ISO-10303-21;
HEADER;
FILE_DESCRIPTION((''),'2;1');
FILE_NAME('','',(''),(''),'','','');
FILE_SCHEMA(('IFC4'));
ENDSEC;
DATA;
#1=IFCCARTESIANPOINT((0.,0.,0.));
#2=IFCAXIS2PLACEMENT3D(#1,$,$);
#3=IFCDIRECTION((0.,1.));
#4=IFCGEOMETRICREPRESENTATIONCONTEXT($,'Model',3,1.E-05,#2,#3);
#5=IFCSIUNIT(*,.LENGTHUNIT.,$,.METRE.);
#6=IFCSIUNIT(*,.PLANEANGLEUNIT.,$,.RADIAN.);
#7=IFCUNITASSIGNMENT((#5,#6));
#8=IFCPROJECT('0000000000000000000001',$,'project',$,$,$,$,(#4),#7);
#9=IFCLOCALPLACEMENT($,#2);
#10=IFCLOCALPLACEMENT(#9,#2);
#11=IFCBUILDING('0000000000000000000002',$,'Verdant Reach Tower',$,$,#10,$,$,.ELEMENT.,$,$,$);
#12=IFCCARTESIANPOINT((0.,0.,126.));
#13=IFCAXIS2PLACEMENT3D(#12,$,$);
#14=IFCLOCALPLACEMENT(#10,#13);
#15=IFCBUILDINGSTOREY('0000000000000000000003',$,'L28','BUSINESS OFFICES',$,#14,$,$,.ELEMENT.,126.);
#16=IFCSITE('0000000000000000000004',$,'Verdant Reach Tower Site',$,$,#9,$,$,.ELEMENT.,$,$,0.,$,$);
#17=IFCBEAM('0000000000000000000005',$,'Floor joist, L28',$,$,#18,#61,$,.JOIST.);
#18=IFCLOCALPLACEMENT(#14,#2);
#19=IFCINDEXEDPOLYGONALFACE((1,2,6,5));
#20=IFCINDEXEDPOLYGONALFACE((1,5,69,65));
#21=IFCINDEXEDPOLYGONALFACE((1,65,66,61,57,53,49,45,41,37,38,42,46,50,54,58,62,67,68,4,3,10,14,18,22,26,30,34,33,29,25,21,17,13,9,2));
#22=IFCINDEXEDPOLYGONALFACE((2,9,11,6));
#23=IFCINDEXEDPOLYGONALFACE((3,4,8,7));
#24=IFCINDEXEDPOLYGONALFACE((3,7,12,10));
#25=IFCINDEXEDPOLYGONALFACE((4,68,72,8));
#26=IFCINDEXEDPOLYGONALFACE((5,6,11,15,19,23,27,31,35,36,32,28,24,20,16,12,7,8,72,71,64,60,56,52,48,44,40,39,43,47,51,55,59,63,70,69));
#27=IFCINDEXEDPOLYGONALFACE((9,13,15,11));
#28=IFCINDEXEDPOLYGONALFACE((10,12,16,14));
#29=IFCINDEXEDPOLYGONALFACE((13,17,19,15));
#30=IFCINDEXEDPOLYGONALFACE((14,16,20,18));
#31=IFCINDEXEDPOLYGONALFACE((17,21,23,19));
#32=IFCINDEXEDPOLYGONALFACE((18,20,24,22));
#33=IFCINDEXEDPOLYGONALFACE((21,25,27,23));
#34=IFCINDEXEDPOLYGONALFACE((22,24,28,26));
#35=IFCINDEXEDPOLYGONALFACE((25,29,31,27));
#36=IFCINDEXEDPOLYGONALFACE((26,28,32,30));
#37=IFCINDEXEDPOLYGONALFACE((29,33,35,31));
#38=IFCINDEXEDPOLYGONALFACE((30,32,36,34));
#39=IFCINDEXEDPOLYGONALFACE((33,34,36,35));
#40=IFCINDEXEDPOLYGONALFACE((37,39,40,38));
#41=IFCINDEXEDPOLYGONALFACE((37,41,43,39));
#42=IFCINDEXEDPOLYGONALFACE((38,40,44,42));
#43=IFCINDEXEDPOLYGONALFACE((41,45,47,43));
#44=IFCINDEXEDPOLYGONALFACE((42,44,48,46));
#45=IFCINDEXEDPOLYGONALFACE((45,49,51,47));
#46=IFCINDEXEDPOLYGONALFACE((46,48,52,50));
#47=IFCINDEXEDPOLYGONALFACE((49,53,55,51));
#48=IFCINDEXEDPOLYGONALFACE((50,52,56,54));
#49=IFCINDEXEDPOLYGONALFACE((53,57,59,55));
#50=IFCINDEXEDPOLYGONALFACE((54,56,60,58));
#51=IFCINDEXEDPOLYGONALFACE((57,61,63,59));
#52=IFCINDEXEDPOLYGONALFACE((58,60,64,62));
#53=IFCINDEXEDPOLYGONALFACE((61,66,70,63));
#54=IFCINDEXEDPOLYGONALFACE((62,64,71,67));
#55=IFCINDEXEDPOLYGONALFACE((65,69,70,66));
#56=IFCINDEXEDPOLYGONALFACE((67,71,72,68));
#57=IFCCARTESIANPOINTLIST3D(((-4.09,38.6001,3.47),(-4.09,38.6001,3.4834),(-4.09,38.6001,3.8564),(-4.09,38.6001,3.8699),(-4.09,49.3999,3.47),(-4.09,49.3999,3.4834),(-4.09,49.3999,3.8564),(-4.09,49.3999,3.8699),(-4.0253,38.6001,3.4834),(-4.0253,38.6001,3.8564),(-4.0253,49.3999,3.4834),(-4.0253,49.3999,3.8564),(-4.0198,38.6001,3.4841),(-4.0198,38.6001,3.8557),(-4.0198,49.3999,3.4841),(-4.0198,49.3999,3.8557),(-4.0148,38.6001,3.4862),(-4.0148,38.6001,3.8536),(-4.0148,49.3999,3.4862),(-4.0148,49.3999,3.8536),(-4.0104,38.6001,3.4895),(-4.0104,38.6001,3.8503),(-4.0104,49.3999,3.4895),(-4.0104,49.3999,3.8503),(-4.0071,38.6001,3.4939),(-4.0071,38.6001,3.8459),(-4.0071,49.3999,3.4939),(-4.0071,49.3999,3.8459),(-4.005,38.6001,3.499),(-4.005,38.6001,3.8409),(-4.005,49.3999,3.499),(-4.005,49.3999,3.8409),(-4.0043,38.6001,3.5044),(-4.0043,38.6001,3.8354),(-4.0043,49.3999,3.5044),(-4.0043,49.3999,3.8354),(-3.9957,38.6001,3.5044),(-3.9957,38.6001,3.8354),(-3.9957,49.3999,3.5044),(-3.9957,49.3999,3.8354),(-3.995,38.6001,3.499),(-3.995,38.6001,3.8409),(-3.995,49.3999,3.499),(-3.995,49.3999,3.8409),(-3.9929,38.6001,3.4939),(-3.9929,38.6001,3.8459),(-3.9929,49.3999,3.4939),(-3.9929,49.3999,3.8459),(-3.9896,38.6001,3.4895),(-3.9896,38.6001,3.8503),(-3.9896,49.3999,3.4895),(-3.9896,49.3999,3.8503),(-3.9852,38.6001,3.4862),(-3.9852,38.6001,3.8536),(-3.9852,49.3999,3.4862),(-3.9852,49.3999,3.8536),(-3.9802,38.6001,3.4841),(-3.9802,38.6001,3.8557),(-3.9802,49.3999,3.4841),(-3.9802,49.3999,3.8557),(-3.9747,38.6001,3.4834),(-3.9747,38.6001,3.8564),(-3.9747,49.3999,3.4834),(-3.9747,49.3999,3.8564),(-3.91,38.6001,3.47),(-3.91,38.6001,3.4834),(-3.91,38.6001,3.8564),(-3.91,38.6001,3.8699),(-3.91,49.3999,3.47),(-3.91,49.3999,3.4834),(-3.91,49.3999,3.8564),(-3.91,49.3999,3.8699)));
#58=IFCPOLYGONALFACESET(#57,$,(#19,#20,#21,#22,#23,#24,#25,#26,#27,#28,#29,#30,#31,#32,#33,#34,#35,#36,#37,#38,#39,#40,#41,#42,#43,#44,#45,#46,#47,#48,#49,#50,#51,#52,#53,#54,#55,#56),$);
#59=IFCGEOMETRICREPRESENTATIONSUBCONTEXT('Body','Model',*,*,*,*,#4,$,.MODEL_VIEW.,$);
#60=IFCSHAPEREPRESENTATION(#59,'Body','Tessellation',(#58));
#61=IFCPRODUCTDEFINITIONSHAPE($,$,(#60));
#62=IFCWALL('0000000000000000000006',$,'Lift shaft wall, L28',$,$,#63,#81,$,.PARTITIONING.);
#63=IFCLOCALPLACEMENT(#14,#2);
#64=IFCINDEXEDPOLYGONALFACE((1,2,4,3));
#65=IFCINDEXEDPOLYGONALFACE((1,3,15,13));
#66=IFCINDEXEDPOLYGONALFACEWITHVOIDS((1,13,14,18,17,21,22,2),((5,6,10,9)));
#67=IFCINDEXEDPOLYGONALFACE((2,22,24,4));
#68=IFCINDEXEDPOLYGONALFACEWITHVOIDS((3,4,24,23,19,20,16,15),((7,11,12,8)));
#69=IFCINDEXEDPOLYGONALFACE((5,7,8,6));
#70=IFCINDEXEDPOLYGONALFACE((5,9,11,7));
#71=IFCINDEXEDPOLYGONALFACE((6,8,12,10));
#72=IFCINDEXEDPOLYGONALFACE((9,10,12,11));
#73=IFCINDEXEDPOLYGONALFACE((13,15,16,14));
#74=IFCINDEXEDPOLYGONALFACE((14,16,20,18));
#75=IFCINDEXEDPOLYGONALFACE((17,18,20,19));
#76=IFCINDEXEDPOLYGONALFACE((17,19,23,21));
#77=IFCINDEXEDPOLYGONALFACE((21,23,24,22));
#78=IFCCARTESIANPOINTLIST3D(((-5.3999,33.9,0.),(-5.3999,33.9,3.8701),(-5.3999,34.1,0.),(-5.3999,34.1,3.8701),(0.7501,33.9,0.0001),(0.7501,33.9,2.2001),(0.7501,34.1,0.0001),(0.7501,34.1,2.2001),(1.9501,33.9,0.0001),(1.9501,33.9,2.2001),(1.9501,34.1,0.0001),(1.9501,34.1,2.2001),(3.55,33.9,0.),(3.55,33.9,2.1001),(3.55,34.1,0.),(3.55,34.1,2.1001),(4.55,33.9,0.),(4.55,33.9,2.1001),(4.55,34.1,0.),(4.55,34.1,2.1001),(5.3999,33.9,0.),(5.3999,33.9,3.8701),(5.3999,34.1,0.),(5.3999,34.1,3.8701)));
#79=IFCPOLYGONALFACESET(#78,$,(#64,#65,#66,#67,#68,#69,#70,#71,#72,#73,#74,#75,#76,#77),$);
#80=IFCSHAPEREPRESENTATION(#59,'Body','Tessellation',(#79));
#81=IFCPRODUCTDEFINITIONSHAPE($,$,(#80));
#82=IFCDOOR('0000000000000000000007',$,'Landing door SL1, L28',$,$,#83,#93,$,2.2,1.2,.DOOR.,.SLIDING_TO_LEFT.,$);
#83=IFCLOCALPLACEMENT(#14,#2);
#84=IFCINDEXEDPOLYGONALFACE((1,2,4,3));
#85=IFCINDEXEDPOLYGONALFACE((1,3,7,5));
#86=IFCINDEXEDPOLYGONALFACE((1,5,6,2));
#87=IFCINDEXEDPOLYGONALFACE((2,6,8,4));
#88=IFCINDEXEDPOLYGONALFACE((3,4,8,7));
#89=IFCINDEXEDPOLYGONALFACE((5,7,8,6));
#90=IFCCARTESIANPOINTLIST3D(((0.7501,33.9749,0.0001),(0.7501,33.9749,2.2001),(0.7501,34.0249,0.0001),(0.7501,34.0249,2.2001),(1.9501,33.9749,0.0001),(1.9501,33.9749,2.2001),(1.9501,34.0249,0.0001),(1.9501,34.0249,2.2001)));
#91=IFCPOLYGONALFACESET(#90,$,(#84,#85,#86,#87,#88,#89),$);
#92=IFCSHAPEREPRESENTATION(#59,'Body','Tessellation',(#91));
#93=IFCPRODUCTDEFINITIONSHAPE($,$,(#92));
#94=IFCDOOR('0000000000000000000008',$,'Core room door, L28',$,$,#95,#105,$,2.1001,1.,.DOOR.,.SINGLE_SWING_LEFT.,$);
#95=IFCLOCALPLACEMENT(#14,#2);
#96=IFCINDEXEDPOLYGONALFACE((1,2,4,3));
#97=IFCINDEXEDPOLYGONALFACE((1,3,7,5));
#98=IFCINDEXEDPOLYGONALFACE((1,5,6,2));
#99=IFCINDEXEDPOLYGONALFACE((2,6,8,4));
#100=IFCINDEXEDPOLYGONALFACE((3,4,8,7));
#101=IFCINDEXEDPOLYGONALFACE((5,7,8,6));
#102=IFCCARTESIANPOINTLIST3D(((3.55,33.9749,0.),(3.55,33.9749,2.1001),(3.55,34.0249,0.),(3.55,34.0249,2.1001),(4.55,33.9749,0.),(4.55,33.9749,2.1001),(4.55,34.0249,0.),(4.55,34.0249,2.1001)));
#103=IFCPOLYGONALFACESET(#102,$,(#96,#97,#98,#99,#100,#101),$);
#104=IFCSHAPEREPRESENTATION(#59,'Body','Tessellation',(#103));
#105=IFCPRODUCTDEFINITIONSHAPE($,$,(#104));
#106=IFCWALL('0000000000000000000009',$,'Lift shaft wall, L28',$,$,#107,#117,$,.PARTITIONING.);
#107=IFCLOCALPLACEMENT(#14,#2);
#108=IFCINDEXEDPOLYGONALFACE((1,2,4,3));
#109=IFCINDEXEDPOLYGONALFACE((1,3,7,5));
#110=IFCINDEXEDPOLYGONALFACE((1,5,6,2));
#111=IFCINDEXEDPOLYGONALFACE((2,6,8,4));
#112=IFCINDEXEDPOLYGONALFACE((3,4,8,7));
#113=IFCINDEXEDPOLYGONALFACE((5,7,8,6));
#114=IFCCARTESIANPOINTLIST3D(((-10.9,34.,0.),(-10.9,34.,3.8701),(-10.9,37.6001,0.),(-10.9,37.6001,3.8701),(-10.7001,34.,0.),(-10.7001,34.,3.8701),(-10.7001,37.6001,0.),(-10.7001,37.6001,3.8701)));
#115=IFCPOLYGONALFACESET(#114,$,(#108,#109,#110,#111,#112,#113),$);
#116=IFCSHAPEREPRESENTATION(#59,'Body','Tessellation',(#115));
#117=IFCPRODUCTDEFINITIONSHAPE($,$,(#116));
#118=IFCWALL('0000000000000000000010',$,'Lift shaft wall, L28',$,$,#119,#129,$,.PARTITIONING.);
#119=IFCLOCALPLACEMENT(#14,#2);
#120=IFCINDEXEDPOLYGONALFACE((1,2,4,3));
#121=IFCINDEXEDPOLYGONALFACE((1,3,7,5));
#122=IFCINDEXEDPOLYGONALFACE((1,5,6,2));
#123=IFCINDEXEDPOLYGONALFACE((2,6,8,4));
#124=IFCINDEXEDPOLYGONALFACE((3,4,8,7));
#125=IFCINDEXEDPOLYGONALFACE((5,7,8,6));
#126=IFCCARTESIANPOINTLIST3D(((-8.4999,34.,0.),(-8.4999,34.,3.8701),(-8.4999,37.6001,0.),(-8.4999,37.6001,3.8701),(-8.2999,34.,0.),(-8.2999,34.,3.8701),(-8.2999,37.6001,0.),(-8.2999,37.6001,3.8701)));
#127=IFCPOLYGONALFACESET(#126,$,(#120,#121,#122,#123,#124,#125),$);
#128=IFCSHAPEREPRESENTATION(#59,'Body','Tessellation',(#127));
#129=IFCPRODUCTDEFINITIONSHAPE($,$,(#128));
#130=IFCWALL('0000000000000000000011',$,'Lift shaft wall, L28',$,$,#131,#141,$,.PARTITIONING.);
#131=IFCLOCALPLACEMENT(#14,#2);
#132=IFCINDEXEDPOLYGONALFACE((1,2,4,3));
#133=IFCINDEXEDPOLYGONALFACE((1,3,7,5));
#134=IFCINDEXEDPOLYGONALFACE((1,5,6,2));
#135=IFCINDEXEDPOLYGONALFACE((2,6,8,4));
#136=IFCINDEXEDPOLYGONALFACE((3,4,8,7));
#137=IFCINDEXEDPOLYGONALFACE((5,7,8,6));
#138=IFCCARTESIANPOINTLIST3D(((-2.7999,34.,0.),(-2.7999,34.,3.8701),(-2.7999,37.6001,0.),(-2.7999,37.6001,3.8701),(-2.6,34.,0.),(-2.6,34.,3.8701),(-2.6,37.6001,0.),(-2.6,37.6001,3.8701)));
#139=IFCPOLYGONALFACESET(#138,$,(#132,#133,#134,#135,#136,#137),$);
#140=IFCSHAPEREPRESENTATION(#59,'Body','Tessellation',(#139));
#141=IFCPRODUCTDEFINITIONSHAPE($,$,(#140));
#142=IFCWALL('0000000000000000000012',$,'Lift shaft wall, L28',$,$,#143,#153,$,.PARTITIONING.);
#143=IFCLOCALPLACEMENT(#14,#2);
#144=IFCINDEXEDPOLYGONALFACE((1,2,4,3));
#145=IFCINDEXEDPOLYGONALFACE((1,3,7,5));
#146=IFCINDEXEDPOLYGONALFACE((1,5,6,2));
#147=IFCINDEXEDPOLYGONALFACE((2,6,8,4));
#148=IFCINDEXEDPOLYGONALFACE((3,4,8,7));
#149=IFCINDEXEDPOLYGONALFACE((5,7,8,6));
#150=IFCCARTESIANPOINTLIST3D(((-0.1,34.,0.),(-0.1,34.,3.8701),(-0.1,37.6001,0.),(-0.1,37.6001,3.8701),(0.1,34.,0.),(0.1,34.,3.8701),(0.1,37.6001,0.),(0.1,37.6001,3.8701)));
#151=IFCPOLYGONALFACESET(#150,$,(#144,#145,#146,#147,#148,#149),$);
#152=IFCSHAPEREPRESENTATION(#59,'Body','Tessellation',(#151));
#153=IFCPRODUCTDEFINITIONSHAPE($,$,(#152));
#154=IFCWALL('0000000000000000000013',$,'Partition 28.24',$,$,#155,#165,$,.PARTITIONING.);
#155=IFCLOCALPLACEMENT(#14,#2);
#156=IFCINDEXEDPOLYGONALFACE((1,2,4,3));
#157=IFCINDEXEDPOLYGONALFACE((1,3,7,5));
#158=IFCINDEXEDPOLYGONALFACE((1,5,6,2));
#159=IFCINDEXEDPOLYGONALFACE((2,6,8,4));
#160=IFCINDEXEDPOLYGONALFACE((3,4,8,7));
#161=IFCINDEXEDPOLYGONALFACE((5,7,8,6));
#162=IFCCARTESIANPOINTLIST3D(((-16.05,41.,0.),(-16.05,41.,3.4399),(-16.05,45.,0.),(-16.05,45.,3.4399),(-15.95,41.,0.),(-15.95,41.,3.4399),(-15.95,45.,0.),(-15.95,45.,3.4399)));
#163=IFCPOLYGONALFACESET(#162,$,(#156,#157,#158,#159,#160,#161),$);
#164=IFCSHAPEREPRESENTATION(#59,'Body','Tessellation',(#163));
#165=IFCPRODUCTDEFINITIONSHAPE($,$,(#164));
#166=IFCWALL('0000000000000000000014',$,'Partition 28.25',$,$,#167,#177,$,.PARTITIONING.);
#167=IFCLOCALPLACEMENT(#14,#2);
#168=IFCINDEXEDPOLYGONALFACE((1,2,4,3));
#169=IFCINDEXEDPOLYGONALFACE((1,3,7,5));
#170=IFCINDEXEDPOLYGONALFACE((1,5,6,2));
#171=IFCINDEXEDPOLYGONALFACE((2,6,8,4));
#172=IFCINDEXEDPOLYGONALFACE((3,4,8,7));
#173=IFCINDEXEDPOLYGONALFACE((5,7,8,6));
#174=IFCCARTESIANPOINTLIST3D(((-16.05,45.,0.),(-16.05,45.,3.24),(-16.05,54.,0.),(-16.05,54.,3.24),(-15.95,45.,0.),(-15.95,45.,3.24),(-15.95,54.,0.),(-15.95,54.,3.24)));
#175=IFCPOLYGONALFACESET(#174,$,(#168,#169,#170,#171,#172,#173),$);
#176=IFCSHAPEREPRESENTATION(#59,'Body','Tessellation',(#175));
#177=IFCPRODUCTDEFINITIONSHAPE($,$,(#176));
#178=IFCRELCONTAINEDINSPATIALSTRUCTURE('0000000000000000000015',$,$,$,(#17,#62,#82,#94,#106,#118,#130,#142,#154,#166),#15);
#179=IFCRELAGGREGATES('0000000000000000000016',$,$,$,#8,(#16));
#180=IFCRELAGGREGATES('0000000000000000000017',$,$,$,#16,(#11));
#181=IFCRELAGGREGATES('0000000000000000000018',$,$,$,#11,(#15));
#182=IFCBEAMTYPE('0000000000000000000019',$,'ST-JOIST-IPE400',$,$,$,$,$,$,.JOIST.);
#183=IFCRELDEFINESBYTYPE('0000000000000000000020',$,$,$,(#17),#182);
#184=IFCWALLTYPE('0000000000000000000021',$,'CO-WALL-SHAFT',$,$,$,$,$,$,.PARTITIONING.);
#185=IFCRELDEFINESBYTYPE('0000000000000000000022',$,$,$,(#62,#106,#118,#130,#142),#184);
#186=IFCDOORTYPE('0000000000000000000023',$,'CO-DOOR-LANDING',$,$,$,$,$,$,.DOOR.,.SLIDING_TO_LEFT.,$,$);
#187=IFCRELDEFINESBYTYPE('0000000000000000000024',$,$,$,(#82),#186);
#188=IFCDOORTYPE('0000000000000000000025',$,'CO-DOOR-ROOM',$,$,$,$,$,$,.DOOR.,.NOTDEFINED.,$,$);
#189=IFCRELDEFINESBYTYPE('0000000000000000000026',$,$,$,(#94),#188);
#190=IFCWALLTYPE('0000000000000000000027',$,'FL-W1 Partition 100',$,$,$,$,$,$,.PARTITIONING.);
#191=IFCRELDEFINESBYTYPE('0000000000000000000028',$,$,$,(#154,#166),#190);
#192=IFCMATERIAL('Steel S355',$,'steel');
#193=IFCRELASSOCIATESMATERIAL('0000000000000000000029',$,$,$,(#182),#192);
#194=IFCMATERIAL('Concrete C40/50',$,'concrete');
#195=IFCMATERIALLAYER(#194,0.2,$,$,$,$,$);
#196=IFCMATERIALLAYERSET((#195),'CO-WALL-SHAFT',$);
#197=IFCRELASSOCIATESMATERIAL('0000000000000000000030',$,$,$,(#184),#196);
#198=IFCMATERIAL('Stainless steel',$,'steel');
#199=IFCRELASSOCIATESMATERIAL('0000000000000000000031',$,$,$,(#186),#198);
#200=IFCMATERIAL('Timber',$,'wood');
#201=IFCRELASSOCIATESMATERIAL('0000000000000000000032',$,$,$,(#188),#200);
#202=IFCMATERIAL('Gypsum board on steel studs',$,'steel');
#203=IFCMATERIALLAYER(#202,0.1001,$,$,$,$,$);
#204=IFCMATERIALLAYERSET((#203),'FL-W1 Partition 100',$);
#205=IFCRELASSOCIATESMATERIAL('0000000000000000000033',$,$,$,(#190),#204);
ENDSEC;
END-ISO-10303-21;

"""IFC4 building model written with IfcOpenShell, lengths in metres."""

from ifc_helpers import new_model, si_unit, direction, frame, frame_2d, origin, origin_2d, place, context, subcontext, project, spatial, rectangle, i_section, extrude, material, layer, layer_set, material_profile, profile_set, type_object, element, fill, save


model = new_model("IFC4")

# Units and contexts
model_context = context("Model", 3, precision=1e-05, world=origin(), true_north=direction((0.0, 1.0)))
body_context = subcontext(model_context, "Body", "Model", "MODEL_VIEW")
ifc_project = project(units=[si_unit("LENGTHUNIT", "METRE"), si_unit("PLANEANGLEUNIT", "RADIAN")], contexts=[model_context])

# Site, building, storey
site_placement = place(None, origin())
site = spatial("IfcSite", under=ifc_project, at=site_placement, Name="Verdant Reach Tower Site", CompositionType="ELEMENT", RefElevation=0.0)
building_placement = place(site_placement, origin())
building = spatial("IfcBuilding", under=site, at=building_placement, Name="Verdant Reach Tower", CompositionType="ELEMENT")
storey_placement = place(building_placement, frame((0.0, 0.0, 126.0)))
storey = spatial("IfcBuildingStorey", under=building, at=storey_placement, Name="L28", Description="BUSINESS OFFICES", CompositionType="ELEMENT", Elevation=126.0)

# Beam
ifc_material_1 = material(Name="Steel S355", Category="steel")
ifc_material_profile_1 = material_profile(ifc_material_1, i_section(OverallWidth=0.1799, OverallDepth=0.3999, WebThickness=0.0085, FlangeThickness=0.0134, FilletRadius=0.021, at=origin_2d()), Name="IPE 400")
ifc_profile_set_1 = profile_set([ifc_material_profile_1], Name="Steel S355")
beam_type_1 = type_object("IfcBeamType", Name="ST-JOIST-IPE400", PredefinedType="JOIST", material=ifc_profile_set_1)
for number, where, z_axis, x_axis, name in (
    (1, (-4.0, 38.6001, 3.6699), (0.0, 1.0, 0.0), (-1.0, 0.0, 0.0), "Floor joist, L28"),
):
    element("IfcBeam", number, at=place(storey_placement, frame(where, z_axis=z_axis, x_axis=x_axis)), inside=storey, type_object=beam_type_1, Name=name, PredefinedType="JOIST", context=body_context, shape_type="SweptSolid", body=[
        extrude(i_section(OverallWidth=0.1799, OverallDepth=0.3999, WebThickness=0.0085, FlangeThickness=0.0134, FilletRadius=0.021, at=origin_2d()), origin(), (0.0, 0.0, 1.0), 10.7998),
    ])

# Wall, openings, doors
ifc_material_2 = material(Name="Concrete C40/50", Category="concrete")
ifc_layer_1 = layer(ifc_material_2, 0.2)
ifc_layer_set_1 = layer_set([ifc_layer_1], Name="CO-WALL-SHAFT")
wall_type_1 = type_object("IfcWallType", Name="CO-WALL-SHAFT", PredefinedType="PARTITIONING", material=ifc_layer_set_1)
wall_1_placement = place(storey_placement, frame((-5.3999, 34.0, 0.0), z_axis=(0.0, 0.0, 1.0), x_axis=(1.0, 0.0, 0.0)))
wall_1 = element("IfcWall", 2, at=wall_1_placement, inside=storey, type_object=wall_type_1, Name="Lift shaft wall, L28", PredefinedType="PARTITIONING", context=body_context, shape_type="SweptSolid", body=[
    extrude(rectangle(XDim=10.7998, YDim=0.2, at=frame_2d((5.3999, 0.0))), origin(), (0.0, 0.0, 1.0), 3.8701),
])
opening_1_placement = place(wall_1_placement, frame((6.1499, 0.0, 0.0)))
opening_1 = element("IfcOpeningElement", 3, at=opening_1_placement, cuts=wall_1, PredefinedType="OPENING", context=body_context, shape_type="SweptSolid", body=[
    extrude(rectangle(XDim=1.2, YDim=2.2, at=frame_2d((0.6001, 1.1001))), frame((0.0, 0.1099, 0.0), z_axis=(0.0, -1.0, 0.0), x_axis=(1.0, 0.0, 0.0)), (0.0, 0.0, 1.0), 0.22),
])
opening_2_placement = place(wall_1_placement, frame((8.95, 0.0, 0.0)))
opening_2 = element("IfcOpeningElement", 4, at=opening_2_placement, cuts=wall_1, PredefinedType="OPENING", context=body_context, shape_type="SweptSolid", body=[
    extrude(rectangle(XDim=1.0, YDim=2.1001, at=frame_2d((0.5, 1.05))), frame((0.0, 0.1099, 0.0), z_axis=(0.0, -1.0, 0.0), x_axis=(1.0, 0.0, 0.0)), (0.0, 0.0, 1.0), 0.22),
])
ifc_material_3 = material(Name="Stainless steel", Category="steel")
door_type_1 = type_object("IfcDoorType", Name="CO-DOOR-LANDING", OperationType="SLIDING_TO_LEFT", PredefinedType="DOOR", material=ifc_material_3)
door_1_placement = place(opening_1_placement, origin())
door_1 = element("IfcDoor", 5, at=door_1_placement, inside=storey, type_object=door_type_1, Name="Landing door SL1, L28", OperationType="SLIDING_TO_LEFT", OverallHeight=2.2, OverallWidth=1.2, PredefinedType="DOOR", context=body_context, shape_type="SweptSolid", body=[
    extrude(rectangle(XDim=1.2, YDim=2.2, at=frame_2d((0.6001, 1.1001))), frame((0.0, 0.0249, 0.0), z_axis=(0.0, -1.0, 0.0), x_axis=(1.0, 0.0, 0.0)), (0.0, 0.0, 1.0), 0.05),
])
fill(opening_1, door_1)
ifc_material_4 = material(Name="Timber", Category="wood")
door_type_2 = type_object("IfcDoorType", Name="CO-DOOR-ROOM", OperationType="NOTDEFINED", PredefinedType="DOOR", material=ifc_material_4)
door_2_placement = place(opening_2_placement, origin())
door_2 = element("IfcDoor", 6, at=door_2_placement, inside=storey, type_object=door_type_2, Name="Core room door, L28", OperationType="SINGLE_SWING_LEFT", OverallHeight=2.1001, OverallWidth=1.0, PredefinedType="DOOR", context=body_context, shape_type="SweptSolid", body=[
    extrude(rectangle(XDim=1.0, YDim=2.1001, at=frame_2d((0.5, 1.05))), frame((0.0, 0.0249, 0.0), z_axis=(0.0, -1.0, 0.0), x_axis=(1.0, 0.0, 0.0)), (0.0, 0.0, 1.0), 0.05),
])
fill(opening_2, door_2)

# Walls
for number, where, z_axis, x_axis, name in (
    (7, (-10.8, 34.0, 0.0), (0.0, 0.0, 1.0), (0.0, 1.0, 0.0), "Lift shaft wall, L28"),
    (8, (-8.3999, 34.0, 0.0), (0.0, 0.0, 1.0), (0.0, 1.0, 0.0), "Lift shaft wall, L28"),
    (9, (-2.7, 34.0, 0.0), (0.0, 0.0, 1.0), (0.0, 1.0, 0.0), "Lift shaft wall, L28"),
    (10, (0.0, 34.0, 0.0), (0.0, 0.0, 1.0), (0.0, 1.0, 0.0), "Lift shaft wall, L28"),
):
    element("IfcWall", number, at=place(storey_placement, frame(where, z_axis=z_axis, x_axis=x_axis)), inside=storey, type_object=wall_type_1, Name=name, PredefinedType="PARTITIONING", context=body_context, shape_type="SweptSolid", body=[
        extrude(rectangle(XDim=3.6001, YDim=0.2, at=frame_2d((1.8, 0.0))), origin(), (0.0, 0.0, 1.0), 3.8701),
    ])
ifc_material_5 = material(Name="Gypsum board on steel studs", Category="steel")
ifc_layer_2 = layer(ifc_material_5, 0.1001)
ifc_layer_set_2 = layer_set([ifc_layer_2], Name="FL-W1 Partition 100")
wall_type_2 = type_object("IfcWallType", Name="FL-W1 Partition 100", PredefinedType="PARTITIONING", material=ifc_layer_set_2)
wall_2_placement = place(storey_placement, frame((-16.0, 41.0, 0.0), z_axis=(0.0, 0.0, 1.0), x_axis=(0.0, 1.0, 0.0)))
element("IfcWall", 11, at=wall_2_placement, inside=storey, type_object=wall_type_2, Name="Partition 28.24", PredefinedType="PARTITIONING", context=body_context, shape_type="SweptSolid", body=[
    extrude(rectangle(XDim=4.0, YDim=0.1001, at=frame_2d((2.0, 0.0))), origin(), (0.0, 0.0, 1.0), 3.4399),
])
wall_3_placement = place(storey_placement, frame((-16.0, 45.0, 0.0), z_axis=(0.0, 0.0, 1.0), x_axis=(0.0, 1.0, 0.0)))
element("IfcWall", 12, at=wall_3_placement, inside=storey, type_object=wall_type_2, Name="Partition 28.25", PredefinedType="PARTITIONING", context=body_context, shape_type="SweptSolid", body=[
    extrude(rectangle(XDim=9.0, YDim=0.1001, at=frame_2d((4.5, 0.0))), origin(), (0.0, 0.0, 1.0), 3.24),
])

save(model, "model.ifc")
